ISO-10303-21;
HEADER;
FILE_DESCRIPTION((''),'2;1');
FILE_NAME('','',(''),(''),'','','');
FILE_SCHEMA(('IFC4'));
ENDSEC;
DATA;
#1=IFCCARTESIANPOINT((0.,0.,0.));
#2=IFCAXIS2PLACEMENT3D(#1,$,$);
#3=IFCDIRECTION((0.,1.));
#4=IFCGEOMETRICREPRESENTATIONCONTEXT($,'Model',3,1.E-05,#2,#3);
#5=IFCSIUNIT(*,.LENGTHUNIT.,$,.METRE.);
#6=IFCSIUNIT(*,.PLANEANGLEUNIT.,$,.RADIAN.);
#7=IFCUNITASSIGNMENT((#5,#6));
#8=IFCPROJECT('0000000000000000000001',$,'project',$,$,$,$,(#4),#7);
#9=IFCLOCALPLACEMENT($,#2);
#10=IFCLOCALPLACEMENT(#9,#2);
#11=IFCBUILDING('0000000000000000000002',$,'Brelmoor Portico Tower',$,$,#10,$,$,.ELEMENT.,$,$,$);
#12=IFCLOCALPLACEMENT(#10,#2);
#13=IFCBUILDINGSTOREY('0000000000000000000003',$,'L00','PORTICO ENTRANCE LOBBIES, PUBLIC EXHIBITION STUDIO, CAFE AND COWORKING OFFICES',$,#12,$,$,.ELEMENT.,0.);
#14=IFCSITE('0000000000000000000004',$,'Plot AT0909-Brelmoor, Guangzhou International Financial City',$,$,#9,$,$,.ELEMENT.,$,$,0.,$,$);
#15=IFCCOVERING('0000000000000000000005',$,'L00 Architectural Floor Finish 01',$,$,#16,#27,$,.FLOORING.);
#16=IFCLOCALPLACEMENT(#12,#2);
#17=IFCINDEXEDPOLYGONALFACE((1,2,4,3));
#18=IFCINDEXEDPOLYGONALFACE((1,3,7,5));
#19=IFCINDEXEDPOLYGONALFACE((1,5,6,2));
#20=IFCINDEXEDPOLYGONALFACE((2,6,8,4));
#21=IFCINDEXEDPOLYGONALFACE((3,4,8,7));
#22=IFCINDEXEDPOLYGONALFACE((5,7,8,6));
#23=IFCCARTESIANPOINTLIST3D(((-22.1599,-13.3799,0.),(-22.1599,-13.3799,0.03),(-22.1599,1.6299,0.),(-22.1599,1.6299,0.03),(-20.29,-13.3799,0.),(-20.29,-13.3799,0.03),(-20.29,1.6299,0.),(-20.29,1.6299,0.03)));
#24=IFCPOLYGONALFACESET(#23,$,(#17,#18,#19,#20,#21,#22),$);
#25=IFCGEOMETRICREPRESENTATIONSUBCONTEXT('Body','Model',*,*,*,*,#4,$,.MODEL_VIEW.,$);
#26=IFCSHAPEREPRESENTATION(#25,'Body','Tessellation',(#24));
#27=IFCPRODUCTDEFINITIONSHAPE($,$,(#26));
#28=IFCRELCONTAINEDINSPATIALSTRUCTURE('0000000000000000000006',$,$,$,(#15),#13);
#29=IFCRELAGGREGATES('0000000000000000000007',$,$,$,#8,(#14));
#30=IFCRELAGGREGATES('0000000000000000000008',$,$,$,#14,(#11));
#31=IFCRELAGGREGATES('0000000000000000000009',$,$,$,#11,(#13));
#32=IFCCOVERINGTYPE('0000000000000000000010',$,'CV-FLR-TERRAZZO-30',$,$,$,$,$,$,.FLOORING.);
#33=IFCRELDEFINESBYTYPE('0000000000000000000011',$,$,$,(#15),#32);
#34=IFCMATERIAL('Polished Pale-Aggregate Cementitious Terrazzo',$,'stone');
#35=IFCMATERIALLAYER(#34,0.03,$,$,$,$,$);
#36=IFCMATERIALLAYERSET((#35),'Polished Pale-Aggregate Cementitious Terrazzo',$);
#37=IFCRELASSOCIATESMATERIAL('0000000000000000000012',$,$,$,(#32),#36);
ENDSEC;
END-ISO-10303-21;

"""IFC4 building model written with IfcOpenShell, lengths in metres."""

from ifc_helpers import new_model, si_unit, direction, origin, place, context, subcontext, project, spatial, polyline, outline, extrude, material, layer, layer_set, type_object, element, save


model = new_model("IFC4")

# Units and contexts
model_context = context("Model", 3, precision=1e-05, world=origin(), true_north=direction((0.0, 1.0)))
body_context = subcontext(model_context, "Body", "Model", "MODEL_VIEW")
ifc_project = project(units=[si_unit("LENGTHUNIT", "METRE"), si_unit("PLANEANGLEUNIT", "RADIAN")], contexts=[model_context])

# Site, building, storey
site_placement = place(None, origin())
site = spatial("IfcSite", under=ifc_project, at=site_placement, Name="Plot AT0909-Brelmoor, Guangzhou International Financial City", CompositionType="ELEMENT", RefElevation=0.0)
building_placement = place(site_placement, origin())
building = spatial("IfcBuilding", under=site, at=building_placement, Name="Brelmoor Portico Tower", CompositionType="ELEMENT")
storey_placement = place(building_placement, origin())
storey = spatial("IfcBuildingStorey", under=building, at=storey_placement, Name="L00", Description="PORTICO ENTRANCE LOBBIES, PUBLIC EXHIBITION STUDIO, CAFE AND COWORKING OFFICES", CompositionType="ELEMENT", Elevation=0.0)

# Covering
ifc_material_1 = material(Name="Polished Pale-Aggregate Cementitious Terrazzo", Category="stone")
ifc_layer_1 = layer(ifc_material_1, 0.03)
ifc_layer_set_1 = layer_set([ifc_layer_1], Name="Polished Pale-Aggregate Cementitious Terrazzo")
covering_type = type_object("IfcCoveringType", Name="CV-FLR-TERRAZZO-30", PredefinedType="FLOORING", material=ifc_layer_set_1)
covering_placement = place(storey_placement, origin())
element("IfcCovering", 1, at=covering_placement, inside=storey, type_object=covering_type, Name="L00 Architectural Floor Finish 01", PredefinedType="FLOORING", context=body_context, shape_type="SweptSolid", body=[
    extrude(outline(polyline([(-22.1599, -13.3799), (-22.1599, 1.6299), (-20.29, 1.6299), (-20.29, -13.3799), (-22.1599, -13.3799)])), origin(), (0.0, 0.0, 1.0), 0.03),
])

save(model, "model.ifc")
